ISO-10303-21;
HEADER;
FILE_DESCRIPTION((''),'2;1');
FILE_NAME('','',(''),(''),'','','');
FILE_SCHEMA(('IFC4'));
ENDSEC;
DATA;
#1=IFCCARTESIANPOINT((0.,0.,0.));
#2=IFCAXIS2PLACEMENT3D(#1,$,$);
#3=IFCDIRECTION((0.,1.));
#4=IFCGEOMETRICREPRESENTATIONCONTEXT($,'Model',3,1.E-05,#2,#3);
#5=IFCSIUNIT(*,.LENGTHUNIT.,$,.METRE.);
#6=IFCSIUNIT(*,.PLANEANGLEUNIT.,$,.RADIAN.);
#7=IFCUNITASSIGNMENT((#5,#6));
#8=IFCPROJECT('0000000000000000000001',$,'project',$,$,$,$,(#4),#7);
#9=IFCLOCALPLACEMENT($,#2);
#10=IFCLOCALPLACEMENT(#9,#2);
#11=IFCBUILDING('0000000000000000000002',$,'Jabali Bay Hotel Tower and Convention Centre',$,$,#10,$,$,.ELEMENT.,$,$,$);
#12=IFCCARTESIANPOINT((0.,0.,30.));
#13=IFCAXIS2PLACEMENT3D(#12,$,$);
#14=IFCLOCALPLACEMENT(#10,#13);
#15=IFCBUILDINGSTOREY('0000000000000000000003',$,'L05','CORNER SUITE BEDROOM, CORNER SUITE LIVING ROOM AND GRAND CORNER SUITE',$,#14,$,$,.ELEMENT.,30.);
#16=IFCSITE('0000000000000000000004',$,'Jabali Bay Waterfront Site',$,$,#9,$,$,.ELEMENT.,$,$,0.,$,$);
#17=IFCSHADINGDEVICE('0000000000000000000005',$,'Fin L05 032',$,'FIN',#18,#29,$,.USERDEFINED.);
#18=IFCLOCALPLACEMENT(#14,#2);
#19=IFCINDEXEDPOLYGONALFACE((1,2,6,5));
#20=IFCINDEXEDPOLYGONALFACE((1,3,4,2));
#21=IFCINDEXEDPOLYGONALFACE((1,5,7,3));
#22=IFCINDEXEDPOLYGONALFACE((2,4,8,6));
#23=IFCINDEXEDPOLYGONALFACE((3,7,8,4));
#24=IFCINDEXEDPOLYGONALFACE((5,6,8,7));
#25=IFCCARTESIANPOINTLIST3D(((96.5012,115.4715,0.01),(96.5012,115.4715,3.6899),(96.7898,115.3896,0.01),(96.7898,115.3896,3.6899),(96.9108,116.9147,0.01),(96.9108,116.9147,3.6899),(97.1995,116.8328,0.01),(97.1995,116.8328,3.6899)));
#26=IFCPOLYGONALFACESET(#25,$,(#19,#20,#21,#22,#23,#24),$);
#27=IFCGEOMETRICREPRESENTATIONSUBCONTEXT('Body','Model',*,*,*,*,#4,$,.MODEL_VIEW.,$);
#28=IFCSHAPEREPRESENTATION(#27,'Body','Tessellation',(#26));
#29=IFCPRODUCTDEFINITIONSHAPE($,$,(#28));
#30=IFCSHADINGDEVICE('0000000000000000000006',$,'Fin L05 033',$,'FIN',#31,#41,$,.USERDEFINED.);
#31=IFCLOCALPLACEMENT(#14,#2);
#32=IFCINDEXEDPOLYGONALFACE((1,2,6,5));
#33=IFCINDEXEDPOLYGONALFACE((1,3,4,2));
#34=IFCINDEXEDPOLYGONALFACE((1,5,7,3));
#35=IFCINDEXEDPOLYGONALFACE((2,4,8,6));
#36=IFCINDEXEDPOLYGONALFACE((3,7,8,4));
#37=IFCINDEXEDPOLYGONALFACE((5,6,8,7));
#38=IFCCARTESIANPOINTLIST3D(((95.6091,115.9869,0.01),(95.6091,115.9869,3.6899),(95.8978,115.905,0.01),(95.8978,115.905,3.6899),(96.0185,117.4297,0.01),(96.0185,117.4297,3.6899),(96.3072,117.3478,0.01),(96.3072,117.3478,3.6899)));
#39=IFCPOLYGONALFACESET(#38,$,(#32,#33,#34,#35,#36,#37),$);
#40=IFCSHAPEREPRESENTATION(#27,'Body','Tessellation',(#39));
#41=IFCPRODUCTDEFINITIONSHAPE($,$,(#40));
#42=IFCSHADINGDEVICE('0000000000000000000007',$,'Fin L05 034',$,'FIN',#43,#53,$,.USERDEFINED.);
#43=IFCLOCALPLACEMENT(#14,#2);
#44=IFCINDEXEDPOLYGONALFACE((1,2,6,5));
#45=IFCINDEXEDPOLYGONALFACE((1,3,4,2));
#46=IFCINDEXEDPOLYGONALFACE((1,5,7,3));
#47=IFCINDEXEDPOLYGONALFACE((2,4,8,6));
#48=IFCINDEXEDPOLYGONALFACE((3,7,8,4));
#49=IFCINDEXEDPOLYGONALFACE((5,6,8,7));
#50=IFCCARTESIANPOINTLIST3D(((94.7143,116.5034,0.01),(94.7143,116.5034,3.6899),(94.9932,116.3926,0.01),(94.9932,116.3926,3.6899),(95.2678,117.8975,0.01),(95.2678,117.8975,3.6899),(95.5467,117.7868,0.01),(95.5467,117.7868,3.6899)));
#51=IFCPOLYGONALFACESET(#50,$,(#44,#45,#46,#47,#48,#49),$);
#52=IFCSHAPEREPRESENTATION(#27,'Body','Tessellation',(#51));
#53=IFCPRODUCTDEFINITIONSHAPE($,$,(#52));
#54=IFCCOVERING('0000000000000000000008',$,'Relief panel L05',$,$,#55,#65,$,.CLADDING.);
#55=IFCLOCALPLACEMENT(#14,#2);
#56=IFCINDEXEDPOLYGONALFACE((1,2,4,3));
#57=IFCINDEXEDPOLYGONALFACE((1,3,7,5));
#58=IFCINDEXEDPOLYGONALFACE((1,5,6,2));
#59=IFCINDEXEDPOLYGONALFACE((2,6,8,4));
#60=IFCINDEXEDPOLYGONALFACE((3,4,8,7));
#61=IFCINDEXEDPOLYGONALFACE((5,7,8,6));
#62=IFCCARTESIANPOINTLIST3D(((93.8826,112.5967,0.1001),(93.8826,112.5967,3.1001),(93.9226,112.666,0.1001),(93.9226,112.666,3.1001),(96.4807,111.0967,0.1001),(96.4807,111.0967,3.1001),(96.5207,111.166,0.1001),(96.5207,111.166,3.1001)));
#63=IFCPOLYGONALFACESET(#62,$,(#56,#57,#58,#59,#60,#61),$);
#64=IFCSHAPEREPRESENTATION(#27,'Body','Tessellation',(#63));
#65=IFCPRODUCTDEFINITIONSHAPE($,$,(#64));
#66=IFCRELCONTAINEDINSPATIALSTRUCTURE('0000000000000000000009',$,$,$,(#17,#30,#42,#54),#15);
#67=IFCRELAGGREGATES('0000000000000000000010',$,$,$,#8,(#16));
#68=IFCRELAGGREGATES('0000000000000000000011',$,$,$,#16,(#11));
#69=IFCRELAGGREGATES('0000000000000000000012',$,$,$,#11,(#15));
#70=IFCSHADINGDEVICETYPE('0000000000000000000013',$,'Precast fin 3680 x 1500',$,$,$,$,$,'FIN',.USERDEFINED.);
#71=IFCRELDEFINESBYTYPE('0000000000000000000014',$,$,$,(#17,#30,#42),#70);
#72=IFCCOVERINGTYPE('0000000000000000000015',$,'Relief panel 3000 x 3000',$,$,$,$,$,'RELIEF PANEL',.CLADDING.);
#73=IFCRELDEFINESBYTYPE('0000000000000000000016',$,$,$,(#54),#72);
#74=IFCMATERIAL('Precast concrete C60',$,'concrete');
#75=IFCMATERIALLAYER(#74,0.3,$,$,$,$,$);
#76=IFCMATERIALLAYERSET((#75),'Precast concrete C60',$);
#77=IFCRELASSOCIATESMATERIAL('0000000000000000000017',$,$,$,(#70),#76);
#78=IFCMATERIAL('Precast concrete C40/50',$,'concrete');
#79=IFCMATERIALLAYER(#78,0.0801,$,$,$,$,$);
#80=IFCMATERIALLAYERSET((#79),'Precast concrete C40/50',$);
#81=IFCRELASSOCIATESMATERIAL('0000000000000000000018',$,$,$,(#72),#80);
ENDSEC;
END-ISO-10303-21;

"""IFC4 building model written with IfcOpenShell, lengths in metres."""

from ifc_helpers import new_model, si_unit, direction, frame, frame_2d, origin, origin_2d, place, context, subcontext, project, spatial, rectangle, extrude, material, layer, layer_set, type_object, element, save


model = new_model("IFC4")

# Units and contexts
model_context = context("Model", 3, precision=1e-05, world=origin(), true_north=direction((0.0, 1.0)))
body_context = subcontext(model_context, "Body", "Model", "MODEL_VIEW")
ifc_project = project(units=[si_unit("LENGTHUNIT", "METRE"), si_unit("PLANEANGLEUNIT", "RADIAN")], contexts=[model_context])

# Site, building, storey
site_placement = place(None, origin())
site = spatial("IfcSite", under=ifc_project, at=site_placement, Name="Jabali Bay Waterfront Site", CompositionType="ELEMENT", RefElevation=0.0)
building_placement = place(site_placement, origin())
building = spatial("IfcBuilding", under=site, at=building_placement, Name="Jabali Bay Hotel Tower and Convention Centre", CompositionType="ELEMENT")
storey_placement = place(building_placement, frame((0.0, 0.0, 30.0)))
storey = spatial("IfcBuildingStorey", under=building, at=storey_placement, Name="L05", Description="CORNER SUITE BEDROOM, CORNER SUITE LIVING ROOM AND GRAND CORNER SUITE", CompositionType="ELEMENT", Elevation=30.0)

# Shading devices
ifc_material_1 = material(Name="Precast concrete C60", Category="concrete")
ifc_layer_1 = layer(ifc_material_1, 0.3)
ifc_layer_set_1 = layer_set([ifc_layer_1], Name="Precast concrete C60")
shading_device_type_1 = type_object("IfcShadingDeviceType", Name="Precast fin 3680 x 1500", ElementType="FIN", PredefinedType="USERDEFINED", material=ifc_layer_set_1)
shading_device_1_placement = place(storey_placement, frame((96.6455, 115.4307, 0.01), z_axis=(0.0, 0.0, 1.0), x_axis=(0.273087, 0.961989, 0.0)))
element("IfcShadingDevice", 1, at=shading_device_1_placement, inside=storey, type_object=shading_device_type_1, Name="Fin L05 032", ObjectType="FIN", PredefinedType="USERDEFINED", context=body_context, shape_type="SweptSolid", body=[
    extrude(rectangle(XDim=1.5002, YDim=0.3, at=frame_2d((0.75, 0.0))), origin(), (0.0, 0.0, 1.0), 3.6799),
])
shading_device_2_placement = place(storey_placement, frame((95.7534, 115.9458, 0.01), z_axis=(0.0, 0.0, 1.0), x_axis=(0.272979, 0.96202, 0.0)))
element("IfcShadingDevice", 2, at=shading_device_2_placement, inside=storey, type_object=shading_device_type_1, Name="Fin L05 033", ObjectType="FIN", PredefinedType="USERDEFINED", context=body_context, shape_type="SweptSolid", body=[
    extrude(rectangle(XDim=1.4998, YDim=0.3, at=frame_2d((0.75, 0.0))), origin(), (0.0, 0.0, 1.0), 3.6799),
])
shading_device_3_placement = place(storey_placement, frame((94.8538, 116.448, 0.01), z_axis=(0.0, 0.0, 1.0), x_axis=(0.369004, 0.929428, 0.0)))
element("IfcShadingDevice", 3, at=shading_device_3_placement, inside=storey, type_object=shading_device_type_1, Name="Fin L05 034", ObjectType="FIN", PredefinedType="USERDEFINED", context=body_context, shape_type="SweptSolid", body=[
    extrude(rectangle(XDim=1.5, YDim=0.3, at=frame_2d((0.75, 0.0))), origin(), (0.0, 0.0, 1.0), 3.6799),
])

# Covering
ifc_material_2 = material(Name="Precast concrete C40/50", Category="concrete")
ifc_layer_2 = layer(ifc_material_2, 0.0801)
ifc_layer_set_2 = layer_set([ifc_layer_2], Name="Precast concrete C40/50")
covering_type = type_object("IfcCoveringType", Name="Relief panel 3000 x 3000", ElementType="RELIEF PANEL", PredefinedType="CLADDING", material=ifc_layer_set_2)
covering_placement = place(storey_placement, frame((95.2017, 111.8813, 0.1001), z_axis=(0.0, 0.0, 1.0), x_axis=(0.866025, -0.5, 0.0)))
element("IfcCovering", 4, at=covering_placement, inside=storey, type_object=covering_type, Name="Relief panel L05", PredefinedType="CLADDING", context=body_context, shape_type="SweptSolid", body=[
    extrude(rectangle(XDim=3.0, YDim=0.0801, at=origin_2d()), origin(), (0.0, 0.0, 1.0), 3.0),
])

save(model, "model.ifc")
